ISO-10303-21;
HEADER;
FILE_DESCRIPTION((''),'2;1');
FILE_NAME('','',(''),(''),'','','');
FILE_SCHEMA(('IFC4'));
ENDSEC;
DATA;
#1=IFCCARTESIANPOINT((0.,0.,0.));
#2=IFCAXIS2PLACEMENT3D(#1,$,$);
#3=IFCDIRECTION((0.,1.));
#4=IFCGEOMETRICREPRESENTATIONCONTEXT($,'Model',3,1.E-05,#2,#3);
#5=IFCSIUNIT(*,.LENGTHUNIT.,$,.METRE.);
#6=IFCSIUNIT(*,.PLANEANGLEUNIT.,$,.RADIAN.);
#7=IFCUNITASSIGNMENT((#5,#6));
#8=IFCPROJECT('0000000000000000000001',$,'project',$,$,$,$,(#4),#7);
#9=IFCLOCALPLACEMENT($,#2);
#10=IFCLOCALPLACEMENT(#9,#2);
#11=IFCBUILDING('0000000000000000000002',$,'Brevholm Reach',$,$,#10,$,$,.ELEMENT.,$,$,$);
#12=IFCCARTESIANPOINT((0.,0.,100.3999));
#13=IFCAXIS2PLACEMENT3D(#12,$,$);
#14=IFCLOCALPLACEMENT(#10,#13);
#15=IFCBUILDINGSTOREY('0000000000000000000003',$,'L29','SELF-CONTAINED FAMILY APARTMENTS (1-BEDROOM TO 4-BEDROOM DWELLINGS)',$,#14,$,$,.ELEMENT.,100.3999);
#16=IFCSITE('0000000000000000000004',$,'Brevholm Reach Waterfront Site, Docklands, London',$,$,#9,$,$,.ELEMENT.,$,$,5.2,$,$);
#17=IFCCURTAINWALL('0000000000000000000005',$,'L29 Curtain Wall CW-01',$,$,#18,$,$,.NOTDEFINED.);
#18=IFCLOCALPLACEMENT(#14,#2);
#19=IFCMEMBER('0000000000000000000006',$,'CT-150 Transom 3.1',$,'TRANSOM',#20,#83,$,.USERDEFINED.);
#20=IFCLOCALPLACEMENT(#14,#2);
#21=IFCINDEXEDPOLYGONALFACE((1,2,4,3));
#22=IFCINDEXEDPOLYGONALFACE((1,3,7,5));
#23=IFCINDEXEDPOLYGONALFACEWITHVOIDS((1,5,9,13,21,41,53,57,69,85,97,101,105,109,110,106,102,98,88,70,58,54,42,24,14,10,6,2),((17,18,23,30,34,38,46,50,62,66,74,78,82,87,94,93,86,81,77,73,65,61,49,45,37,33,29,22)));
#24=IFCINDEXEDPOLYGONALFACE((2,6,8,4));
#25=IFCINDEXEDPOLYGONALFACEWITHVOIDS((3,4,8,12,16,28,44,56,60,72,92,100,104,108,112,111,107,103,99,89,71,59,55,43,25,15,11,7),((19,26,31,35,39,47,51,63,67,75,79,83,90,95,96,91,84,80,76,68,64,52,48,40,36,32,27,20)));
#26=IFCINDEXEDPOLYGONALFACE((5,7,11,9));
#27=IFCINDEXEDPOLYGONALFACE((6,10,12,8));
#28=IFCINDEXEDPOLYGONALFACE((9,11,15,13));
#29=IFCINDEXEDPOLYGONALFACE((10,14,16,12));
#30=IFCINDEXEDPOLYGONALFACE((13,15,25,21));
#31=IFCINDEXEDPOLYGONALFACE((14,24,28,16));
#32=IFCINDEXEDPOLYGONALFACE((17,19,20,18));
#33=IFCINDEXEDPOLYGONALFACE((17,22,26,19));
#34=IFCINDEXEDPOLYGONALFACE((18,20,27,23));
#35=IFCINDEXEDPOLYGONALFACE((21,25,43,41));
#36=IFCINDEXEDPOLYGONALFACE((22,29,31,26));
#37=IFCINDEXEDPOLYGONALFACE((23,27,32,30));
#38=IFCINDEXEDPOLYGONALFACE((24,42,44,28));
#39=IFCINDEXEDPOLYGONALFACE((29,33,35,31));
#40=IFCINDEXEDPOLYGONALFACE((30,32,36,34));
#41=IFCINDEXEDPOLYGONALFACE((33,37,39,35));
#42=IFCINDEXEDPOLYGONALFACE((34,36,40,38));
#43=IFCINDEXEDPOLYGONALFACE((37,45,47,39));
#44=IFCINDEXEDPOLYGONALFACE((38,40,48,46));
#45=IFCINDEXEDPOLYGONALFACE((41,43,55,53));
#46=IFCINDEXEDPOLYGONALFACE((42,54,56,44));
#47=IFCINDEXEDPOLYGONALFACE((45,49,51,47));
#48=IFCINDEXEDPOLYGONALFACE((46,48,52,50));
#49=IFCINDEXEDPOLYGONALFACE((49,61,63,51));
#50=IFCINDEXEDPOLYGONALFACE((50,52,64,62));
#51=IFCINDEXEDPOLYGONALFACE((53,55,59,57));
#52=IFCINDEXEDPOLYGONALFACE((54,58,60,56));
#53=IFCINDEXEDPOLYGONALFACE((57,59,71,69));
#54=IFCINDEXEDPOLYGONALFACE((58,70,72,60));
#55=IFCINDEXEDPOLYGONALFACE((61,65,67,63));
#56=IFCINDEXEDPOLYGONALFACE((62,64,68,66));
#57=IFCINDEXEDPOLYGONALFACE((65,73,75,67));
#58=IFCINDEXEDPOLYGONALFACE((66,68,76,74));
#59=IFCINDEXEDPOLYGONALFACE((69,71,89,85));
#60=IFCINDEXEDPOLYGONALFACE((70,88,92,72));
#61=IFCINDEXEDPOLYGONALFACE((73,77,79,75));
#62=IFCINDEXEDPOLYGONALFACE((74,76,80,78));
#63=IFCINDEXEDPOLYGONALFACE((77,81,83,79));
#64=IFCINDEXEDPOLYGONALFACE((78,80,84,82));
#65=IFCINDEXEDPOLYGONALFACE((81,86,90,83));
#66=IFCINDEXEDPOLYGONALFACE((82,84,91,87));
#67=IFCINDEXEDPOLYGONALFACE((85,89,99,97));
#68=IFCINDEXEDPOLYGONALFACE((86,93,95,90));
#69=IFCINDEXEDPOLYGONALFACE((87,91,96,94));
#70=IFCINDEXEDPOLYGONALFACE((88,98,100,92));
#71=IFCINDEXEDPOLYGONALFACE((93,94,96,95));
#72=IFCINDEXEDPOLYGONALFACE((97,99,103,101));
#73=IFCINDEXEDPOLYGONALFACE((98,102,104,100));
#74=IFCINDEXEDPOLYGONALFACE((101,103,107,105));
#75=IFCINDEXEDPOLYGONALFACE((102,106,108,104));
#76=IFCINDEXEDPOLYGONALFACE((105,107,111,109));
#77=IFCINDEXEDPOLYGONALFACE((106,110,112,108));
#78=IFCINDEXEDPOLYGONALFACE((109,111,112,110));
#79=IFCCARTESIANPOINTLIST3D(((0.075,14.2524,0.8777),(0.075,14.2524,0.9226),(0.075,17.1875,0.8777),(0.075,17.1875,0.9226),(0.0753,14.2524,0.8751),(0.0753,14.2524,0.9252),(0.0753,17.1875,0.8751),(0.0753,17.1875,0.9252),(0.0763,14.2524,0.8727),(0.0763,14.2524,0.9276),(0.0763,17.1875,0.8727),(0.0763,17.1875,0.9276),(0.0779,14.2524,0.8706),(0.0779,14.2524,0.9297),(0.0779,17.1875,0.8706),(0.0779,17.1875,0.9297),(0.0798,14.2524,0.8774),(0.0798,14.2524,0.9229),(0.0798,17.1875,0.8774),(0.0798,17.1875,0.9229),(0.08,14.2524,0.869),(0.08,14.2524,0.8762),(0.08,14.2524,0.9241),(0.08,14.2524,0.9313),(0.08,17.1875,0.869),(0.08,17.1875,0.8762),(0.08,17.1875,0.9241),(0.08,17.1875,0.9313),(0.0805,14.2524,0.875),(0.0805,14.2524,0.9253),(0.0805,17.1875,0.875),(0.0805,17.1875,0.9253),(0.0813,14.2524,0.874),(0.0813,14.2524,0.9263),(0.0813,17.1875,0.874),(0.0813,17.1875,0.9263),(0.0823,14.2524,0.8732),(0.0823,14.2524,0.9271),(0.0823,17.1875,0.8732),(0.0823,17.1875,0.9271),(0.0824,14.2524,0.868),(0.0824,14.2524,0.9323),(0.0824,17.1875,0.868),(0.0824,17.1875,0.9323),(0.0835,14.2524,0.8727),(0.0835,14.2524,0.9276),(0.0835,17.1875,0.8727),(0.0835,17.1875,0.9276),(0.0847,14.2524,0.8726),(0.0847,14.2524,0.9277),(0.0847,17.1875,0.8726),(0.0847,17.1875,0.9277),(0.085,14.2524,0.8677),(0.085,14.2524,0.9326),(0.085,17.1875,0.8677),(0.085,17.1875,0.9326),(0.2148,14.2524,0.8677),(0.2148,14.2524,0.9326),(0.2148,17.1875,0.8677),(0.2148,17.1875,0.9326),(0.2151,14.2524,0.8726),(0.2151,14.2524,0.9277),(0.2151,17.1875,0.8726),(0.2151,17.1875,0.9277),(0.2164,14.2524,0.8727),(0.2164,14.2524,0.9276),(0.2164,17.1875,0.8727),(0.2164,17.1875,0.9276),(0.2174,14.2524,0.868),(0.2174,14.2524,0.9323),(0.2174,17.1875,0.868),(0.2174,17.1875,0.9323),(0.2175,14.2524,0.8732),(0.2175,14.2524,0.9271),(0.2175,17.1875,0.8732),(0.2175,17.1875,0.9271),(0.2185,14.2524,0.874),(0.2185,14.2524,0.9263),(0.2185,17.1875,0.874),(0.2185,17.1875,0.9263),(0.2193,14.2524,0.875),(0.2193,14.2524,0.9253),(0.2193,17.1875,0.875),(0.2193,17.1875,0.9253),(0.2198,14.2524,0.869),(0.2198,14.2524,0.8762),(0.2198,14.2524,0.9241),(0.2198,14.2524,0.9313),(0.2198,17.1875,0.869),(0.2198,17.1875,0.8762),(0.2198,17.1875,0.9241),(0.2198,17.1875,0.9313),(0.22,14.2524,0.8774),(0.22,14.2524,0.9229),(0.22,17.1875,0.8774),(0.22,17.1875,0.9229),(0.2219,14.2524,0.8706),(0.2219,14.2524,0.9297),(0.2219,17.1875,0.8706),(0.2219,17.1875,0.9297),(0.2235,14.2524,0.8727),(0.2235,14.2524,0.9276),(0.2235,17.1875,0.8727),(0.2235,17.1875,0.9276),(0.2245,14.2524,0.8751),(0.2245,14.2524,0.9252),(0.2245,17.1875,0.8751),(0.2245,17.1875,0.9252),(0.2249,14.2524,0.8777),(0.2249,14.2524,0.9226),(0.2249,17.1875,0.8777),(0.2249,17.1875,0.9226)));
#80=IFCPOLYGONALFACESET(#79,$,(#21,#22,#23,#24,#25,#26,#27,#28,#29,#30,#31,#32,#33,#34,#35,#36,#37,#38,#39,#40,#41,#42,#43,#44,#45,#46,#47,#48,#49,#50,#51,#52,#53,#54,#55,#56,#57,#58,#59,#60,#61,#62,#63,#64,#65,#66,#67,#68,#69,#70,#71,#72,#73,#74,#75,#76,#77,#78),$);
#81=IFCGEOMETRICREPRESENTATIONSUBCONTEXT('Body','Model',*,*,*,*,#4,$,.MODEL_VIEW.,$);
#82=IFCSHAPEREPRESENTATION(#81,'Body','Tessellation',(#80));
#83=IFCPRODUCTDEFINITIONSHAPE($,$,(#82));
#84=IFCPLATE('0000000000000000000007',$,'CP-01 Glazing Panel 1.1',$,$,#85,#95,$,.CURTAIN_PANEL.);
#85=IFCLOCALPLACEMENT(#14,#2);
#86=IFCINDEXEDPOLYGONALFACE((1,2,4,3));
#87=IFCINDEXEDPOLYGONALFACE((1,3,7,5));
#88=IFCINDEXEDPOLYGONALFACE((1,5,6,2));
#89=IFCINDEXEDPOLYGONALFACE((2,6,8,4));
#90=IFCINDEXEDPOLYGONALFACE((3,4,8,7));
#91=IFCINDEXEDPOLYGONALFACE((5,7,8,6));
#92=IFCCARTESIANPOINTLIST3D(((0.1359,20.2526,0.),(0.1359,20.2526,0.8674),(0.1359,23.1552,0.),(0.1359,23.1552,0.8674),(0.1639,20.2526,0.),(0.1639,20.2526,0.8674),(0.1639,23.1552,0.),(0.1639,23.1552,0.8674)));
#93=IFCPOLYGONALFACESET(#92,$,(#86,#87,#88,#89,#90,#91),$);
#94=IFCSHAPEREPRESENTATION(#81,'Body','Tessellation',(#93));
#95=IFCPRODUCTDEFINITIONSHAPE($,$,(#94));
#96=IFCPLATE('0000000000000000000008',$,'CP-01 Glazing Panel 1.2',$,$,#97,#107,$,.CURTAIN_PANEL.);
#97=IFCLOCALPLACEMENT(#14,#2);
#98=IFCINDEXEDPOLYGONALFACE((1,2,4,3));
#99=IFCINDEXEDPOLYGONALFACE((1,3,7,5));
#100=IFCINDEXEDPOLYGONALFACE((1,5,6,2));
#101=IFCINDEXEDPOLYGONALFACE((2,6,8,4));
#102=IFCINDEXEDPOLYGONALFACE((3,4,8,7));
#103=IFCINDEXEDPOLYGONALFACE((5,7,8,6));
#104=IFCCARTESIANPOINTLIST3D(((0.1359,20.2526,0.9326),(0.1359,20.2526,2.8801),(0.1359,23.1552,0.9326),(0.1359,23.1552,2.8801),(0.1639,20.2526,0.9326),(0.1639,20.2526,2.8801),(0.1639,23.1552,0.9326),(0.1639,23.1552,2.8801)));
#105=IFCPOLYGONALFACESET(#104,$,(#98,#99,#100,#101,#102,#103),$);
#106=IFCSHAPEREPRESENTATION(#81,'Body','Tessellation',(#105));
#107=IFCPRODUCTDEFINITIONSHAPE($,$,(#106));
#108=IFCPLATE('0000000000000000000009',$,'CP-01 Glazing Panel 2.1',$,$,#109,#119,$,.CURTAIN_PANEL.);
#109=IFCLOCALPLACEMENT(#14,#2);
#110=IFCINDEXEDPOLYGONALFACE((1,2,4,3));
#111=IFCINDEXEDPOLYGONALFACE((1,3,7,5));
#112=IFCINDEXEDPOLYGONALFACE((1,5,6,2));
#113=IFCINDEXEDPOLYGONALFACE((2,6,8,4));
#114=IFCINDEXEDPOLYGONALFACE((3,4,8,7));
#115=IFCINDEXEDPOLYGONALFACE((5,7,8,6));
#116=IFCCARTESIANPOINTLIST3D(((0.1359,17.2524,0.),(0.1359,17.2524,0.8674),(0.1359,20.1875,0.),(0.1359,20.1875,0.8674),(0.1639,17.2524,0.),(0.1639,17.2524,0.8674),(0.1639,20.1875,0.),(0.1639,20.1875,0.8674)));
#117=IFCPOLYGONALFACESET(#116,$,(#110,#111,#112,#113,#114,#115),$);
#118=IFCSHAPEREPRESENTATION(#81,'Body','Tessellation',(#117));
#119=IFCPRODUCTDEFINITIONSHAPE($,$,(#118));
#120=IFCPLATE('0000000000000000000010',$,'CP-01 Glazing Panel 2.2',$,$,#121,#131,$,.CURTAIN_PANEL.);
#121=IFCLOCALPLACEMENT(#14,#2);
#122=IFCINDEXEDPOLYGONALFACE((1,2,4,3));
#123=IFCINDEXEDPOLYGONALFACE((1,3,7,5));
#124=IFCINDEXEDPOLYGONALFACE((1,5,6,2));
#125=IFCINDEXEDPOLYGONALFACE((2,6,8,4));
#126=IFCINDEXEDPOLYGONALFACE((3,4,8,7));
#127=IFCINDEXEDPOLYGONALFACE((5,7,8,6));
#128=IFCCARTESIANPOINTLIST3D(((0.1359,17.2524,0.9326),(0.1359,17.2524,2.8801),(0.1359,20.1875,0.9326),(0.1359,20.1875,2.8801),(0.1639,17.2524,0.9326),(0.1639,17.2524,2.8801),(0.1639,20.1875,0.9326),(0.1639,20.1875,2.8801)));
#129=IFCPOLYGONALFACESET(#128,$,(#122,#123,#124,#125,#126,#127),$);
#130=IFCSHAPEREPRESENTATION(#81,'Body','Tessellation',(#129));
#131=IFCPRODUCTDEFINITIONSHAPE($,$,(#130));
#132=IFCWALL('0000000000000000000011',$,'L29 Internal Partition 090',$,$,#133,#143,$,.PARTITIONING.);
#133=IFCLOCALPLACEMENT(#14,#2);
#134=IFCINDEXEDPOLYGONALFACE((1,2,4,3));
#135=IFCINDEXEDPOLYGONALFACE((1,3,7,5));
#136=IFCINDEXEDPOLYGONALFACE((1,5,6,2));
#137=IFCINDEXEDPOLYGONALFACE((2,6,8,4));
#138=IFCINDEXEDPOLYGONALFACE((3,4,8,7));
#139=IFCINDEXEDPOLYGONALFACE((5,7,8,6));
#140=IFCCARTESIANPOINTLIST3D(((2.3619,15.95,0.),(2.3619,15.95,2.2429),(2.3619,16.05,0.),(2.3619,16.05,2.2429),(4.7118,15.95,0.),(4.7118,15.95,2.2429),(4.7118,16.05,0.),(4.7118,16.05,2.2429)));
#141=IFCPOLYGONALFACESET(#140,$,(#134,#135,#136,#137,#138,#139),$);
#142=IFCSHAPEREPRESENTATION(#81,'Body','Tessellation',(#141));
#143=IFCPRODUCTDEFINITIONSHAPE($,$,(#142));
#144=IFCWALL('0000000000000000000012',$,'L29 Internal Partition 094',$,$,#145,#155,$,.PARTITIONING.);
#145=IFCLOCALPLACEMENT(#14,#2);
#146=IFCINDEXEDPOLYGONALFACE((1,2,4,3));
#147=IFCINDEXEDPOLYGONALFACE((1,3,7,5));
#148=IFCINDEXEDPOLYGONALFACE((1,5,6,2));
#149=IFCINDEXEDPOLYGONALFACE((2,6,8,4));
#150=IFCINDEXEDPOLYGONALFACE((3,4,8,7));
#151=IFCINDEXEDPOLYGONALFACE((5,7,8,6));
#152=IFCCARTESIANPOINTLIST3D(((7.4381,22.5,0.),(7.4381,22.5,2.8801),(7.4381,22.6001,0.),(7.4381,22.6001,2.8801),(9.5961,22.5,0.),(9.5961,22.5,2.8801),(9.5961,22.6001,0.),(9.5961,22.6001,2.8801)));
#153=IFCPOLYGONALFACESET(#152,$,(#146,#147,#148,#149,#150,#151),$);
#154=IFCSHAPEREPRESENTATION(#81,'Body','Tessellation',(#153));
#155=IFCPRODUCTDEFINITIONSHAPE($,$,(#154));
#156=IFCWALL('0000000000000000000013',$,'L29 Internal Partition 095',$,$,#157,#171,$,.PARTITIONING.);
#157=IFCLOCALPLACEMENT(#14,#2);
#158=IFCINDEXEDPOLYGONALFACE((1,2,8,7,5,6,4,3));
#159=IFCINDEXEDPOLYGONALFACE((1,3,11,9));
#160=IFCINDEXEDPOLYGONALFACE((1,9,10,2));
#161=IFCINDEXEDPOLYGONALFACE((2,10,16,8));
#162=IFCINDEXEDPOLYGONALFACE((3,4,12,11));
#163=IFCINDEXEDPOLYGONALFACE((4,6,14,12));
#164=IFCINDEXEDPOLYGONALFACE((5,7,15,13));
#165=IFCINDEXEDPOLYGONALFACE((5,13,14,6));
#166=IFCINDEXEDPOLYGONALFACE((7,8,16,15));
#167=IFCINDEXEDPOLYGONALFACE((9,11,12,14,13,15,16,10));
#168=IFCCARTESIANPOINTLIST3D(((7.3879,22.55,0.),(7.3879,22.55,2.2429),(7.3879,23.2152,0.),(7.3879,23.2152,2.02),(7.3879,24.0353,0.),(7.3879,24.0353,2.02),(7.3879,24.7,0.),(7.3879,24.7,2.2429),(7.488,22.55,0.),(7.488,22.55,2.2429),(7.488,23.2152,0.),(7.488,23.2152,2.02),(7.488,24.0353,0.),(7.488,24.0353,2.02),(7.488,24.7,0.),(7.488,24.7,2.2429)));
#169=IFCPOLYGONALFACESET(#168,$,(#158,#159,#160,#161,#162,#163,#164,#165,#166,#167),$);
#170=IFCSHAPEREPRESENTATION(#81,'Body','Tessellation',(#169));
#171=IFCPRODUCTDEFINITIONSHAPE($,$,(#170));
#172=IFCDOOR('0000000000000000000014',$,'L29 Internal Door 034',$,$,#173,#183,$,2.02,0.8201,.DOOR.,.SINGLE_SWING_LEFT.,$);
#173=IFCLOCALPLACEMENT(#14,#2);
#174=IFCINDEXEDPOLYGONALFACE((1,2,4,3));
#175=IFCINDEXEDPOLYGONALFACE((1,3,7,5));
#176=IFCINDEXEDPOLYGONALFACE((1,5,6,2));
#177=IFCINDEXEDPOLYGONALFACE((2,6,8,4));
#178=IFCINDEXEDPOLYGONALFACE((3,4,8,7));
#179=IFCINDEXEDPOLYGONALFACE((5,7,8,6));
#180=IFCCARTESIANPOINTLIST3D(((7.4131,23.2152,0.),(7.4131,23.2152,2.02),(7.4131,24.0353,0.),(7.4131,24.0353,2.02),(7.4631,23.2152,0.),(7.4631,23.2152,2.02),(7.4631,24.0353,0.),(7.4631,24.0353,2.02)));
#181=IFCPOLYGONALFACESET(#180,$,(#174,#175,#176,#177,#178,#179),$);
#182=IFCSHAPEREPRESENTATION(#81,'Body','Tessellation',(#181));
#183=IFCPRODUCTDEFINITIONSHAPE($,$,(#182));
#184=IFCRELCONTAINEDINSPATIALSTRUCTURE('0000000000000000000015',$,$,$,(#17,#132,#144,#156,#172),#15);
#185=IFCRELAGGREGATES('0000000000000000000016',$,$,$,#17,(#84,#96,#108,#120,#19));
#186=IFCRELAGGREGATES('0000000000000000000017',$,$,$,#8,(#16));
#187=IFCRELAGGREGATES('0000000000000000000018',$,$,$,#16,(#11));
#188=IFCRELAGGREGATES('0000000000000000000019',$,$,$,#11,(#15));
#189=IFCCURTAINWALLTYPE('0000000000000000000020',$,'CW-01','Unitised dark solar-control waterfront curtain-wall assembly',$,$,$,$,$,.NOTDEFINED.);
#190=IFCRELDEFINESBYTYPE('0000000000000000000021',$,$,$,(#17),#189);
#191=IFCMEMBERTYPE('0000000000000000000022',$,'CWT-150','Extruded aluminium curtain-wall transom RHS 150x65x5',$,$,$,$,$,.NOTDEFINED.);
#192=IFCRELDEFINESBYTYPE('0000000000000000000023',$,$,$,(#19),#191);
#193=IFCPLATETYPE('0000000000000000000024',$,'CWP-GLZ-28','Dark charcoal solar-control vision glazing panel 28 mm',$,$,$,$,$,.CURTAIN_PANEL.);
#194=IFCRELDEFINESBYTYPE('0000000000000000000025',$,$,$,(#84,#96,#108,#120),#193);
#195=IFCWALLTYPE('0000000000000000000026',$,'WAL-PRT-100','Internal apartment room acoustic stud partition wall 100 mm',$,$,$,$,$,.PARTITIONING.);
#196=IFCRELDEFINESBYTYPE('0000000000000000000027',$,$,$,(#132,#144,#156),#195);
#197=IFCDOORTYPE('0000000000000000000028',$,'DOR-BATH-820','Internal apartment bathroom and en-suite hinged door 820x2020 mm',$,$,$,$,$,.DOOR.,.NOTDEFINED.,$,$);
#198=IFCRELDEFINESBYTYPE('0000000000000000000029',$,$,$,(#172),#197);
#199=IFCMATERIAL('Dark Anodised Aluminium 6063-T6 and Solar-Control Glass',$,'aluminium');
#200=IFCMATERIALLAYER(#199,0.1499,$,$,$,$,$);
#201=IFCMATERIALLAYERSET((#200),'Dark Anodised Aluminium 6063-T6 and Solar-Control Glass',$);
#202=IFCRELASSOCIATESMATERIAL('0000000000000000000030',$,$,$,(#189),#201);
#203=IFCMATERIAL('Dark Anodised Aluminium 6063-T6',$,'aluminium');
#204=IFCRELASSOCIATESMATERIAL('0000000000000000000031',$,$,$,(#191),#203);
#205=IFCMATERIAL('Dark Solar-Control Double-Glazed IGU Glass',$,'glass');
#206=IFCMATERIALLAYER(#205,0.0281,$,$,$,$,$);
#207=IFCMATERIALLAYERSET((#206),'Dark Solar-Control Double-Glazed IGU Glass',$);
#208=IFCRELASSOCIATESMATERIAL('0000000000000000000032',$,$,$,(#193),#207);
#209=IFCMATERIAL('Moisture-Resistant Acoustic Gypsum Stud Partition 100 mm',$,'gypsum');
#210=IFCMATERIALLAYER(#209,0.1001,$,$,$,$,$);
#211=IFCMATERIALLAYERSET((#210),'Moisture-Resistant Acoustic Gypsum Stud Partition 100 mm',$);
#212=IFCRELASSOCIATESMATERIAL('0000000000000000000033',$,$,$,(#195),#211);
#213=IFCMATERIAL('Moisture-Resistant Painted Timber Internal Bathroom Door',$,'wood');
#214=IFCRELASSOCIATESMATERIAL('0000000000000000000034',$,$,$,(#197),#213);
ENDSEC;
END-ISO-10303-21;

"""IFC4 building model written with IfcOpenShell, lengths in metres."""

from ifc_helpers import new_model, si_unit, direction, frame, frame_2d, origin, origin_2d, place, context, subcontext, project, spatial, rectangle, hollow_rectangle, extrude, material, layer, layer_set, material_profile, profile_set, type_object, element, fill, aggregate, save


model = new_model("IFC4")

# Units and contexts
model_context = context("Model", 3, precision=1e-05, world=origin(), true_north=direction((0.0, 1.0)))
body_context = subcontext(model_context, "Body", "Model", "MODEL_VIEW")
ifc_project = project(units=[si_unit("LENGTHUNIT", "METRE"), si_unit("PLANEANGLEUNIT", "RADIAN")], contexts=[model_context])

# Site, building, storey
site_placement = place(None, origin())
site = spatial("IfcSite", under=ifc_project, at=site_placement, Name="Brevholm Reach Waterfront Site, Docklands, London", CompositionType="ELEMENT", RefElevation=5.2)
building_placement = place(site_placement, origin())
building = spatial("IfcBuilding", under=site, at=building_placement, Name="Brevholm Reach", CompositionType="ELEMENT")
storey_placement = place(building_placement, frame((0.0, 0.0, 100.3999)))
storey = spatial("IfcBuildingStorey", under=building, at=storey_placement, Name="L29", Description="SELF-CONTAINED FAMILY APARTMENTS (1-BEDROOM TO 4-BEDROOM DWELLINGS)", CompositionType="ELEMENT", Elevation=100.3999)

# Curtain wall, member, plates
ifc_material_1 = material(Name="Dark Anodised Aluminium 6063-T6 and Solar-Control Glass", Category="aluminium")
ifc_layer_1 = layer(ifc_material_1, 0.1499)
ifc_layer_set_1 = layer_set([ifc_layer_1], Name="Dark Anodised Aluminium 6063-T6 and Solar-Control Glass")
curtain_wall_type = type_object("IfcCurtainWallType", Name="CW-01", Description="Unitised dark solar-control waterfront curtain-wall assembly", PredefinedType="NOTDEFINED", material=ifc_layer_set_1)
curtain_wall_placement = place(storey_placement, origin())
curtain_wall = element("IfcCurtainWall", 1, at=curtain_wall_placement, inside=storey, type_object=curtain_wall_type, Name="L29 Curtain Wall CW-01", PredefinedType="NOTDEFINED")
ifc_material_2 = material(Name="Dark Anodised Aluminium 6063-T6", Category="aluminium")
ifc_material_profile_1 = material_profile(ifc_material_2, hollow_rectangle(XDim=0.0649, YDim=0.1499, WallThickness=0.0049, InnerFilletRadius=0.0049, OuterFilletRadius=0.01, at=origin_2d()), Name="RHS 150x65x5")
ifc_profile_set_1 = profile_set([ifc_material_profile_1], Name="Dark Anodised Aluminium 6063-T6")
member_type_1 = type_object("IfcMemberType", Name="CWT-150", Description="Extruded aluminium curtain-wall transom RHS 150x65x5", PredefinedType="NOTDEFINED", material=ifc_profile_set_1)
member_1_placement = place(storey_placement, frame((0.1499, 17.1875, 0.9001), z_axis=(0.0, -1.0, 0.0), x_axis=(0.0, 0.0, 1.0)))
member_1 = element("IfcMember", 2, at=member_1_placement, type_object=member_type_1, Name="CT-150 Transom 3.1", ObjectType="TRANSOM", PredefinedType="USERDEFINED", context=body_context, shape_type="SweptSolid", body=[
    extrude(hollow_rectangle(XDim=0.0649, YDim=0.1499, WallThickness=0.0049, InnerFilletRadius=0.0049, OuterFilletRadius=0.01, at=origin_2d()), origin(), (0.0, 0.0, 1.0), 2.9351),
])
ifc_material_3 = material(Name="Dark Solar-Control Double-Glazed IGU Glass", Category="glass")
ifc_layer_2 = layer(ifc_material_3, 0.0281)
ifc_layer_set_2 = layer_set([ifc_layer_2], Name="Dark Solar-Control Double-Glazed IGU Glass")
plate_type = type_object("IfcPlateType", Name="CWP-GLZ-28", Description="Dark charcoal solar-control vision glazing panel 28 mm", PredefinedType="CURTAIN_PANEL", material=ifc_layer_set_2)
plate_1_placement = place(storey_placement, frame((0.1499, 21.7039, 0.0), z_axis=(0.0, 0.0, 1.0), x_axis=(0.0, -1.0, 0.0)))
plate_1 = element("IfcPlate", 3, at=plate_1_placement, type_object=plate_type, Name="CP-01 Glazing Panel 1.1", PredefinedType="CURTAIN_PANEL", context=body_context, shape_type="SweptSolid", body=[
    extrude(rectangle(XDim=2.9026, YDim=0.0281, at=origin_2d()), origin(), (0.0, 0.0, 1.0), 0.8674),
])
plate_2_placement = place(storey_placement, frame((0.1499, 21.7039, 0.9326), z_axis=(0.0, 0.0, 1.0), x_axis=(0.0, -1.0, 0.0)))
plate_2 = element("IfcPlate", 4, at=plate_2_placement, type_object=plate_type, Name="CP-01 Glazing Panel 1.2", PredefinedType="CURTAIN_PANEL", context=body_context, shape_type="SweptSolid", body=[
    extrude(rectangle(XDim=2.9026, YDim=0.0281, at=origin_2d()), origin(), (0.0, 0.0, 1.0), 1.9475),
])
plate_3_placement = place(storey_placement, frame((0.1499, 18.72, 0.0), z_axis=(0.0, 0.0, 1.0), x_axis=(0.0, -1.0, 0.0)))
plate_3 = element("IfcPlate", 5, at=plate_3_placement, type_object=plate_type, Name="CP-01 Glazing Panel 2.1", PredefinedType="CURTAIN_PANEL", context=body_context, shape_type="SweptSolid", body=[
    extrude(rectangle(XDim=2.9351, YDim=0.0281, at=origin_2d()), origin(), (0.0, 0.0, 1.0), 0.8674),
])
plate_4_placement = place(storey_placement, frame((0.1499, 18.72, 0.9326), z_axis=(0.0, 0.0, 1.0), x_axis=(0.0, -1.0, 0.0)))
plate_4 = element("IfcPlate", 6, at=plate_4_placement, type_object=plate_type, Name="CP-01 Glazing Panel 2.2", PredefinedType="CURTAIN_PANEL", context=body_context, shape_type="SweptSolid", body=[
    extrude(rectangle(XDim=2.9351, YDim=0.0281, at=origin_2d()), origin(), (0.0, 0.0, 1.0), 1.9475),
])
aggregate(curtain_wall, [plate_1, plate_2, plate_3, plate_4, member_1])

# Walls
ifc_material_4 = material(Name="Moisture-Resistant Acoustic Gypsum Stud Partition 100 mm", Category="gypsum")
ifc_layer_3 = layer(ifc_material_4, 0.1001)
ifc_layer_set_3 = layer_set([ifc_layer_3], Name="Moisture-Resistant Acoustic Gypsum Stud Partition 100 mm")
wall_type_1 = type_object("IfcWallType", Name="WAL-PRT-100", Description="Internal apartment room acoustic stud partition wall 100 mm", PredefinedType="PARTITIONING", material=ifc_layer_set_3)
wall_1_placement = place(storey_placement, frame((2.3621, 16.0, 0.0), z_axis=(0.0, 0.0, 1.0), x_axis=(1.0, 0.0, 0.0)))
element("IfcWall", 7, at=wall_1_placement, inside=storey, type_object=wall_type_1, Name="L29 Internal Partition 090", PredefinedType="PARTITIONING", context=body_context, shape_type="SweptSolid", body=[
    extrude(rectangle(XDim=2.3499, YDim=0.1001, at=frame_2d((1.1748, 0.0))), origin(), (0.0, 0.0, 1.0), 2.2429),
])
wall_2_placement = place(storey_placement, frame((7.438, 22.55, 0.0), z_axis=(0.0, 0.0, 1.0), x_axis=(1.0, 0.0, 0.0)))
element("IfcWall", 8, at=wall_2_placement, inside=storey, type_object=wall_type_1, Name="L29 Internal Partition 094", PredefinedType="PARTITIONING", context=body_context, shape_type="SweptSolid", body=[
    extrude(rectangle(XDim=2.158, YDim=0.1001, at=frame_2d((1.0791, 0.0))), origin(), (0.0, 0.0, 1.0), 2.8801),
])

# Wall, opening, door
wall_3_placement = place(storey_placement, frame((7.438, 22.55, 0.0), z_axis=(0.0, 0.0, 1.0), x_axis=(0.0, 1.0, 0.0)))
wall_3 = element("IfcWall", 9, at=wall_3_placement, inside=storey, type_object=wall_type_1, Name="L29 Internal Partition 095", PredefinedType="PARTITIONING", context=body_context, shape_type="SweptSolid", body=[
    extrude(rectangle(XDim=2.1499, YDim=0.1001, at=frame_2d((1.075, 0.0))), origin(), (0.0, 0.0, 1.0), 2.2429),
])
opening_1_placement = place(wall_3_placement, frame((0.665, 0.0, 0.0)))
opening_1 = element("IfcOpeningElement", 10, at=opening_1_placement, cuts=wall_3, PredefinedType="OPENING", context=body_context, shape_type="SweptSolid", body=[
    extrude(rectangle(XDim=0.8201, YDim=2.02, at=frame_2d((0.4102, 1.01))), frame((0.0, 0.0601, 0.0), z_axis=(0.0, -1.0, 0.0), x_axis=(1.0, 0.0, 0.0)), (0.0, 0.0, 1.0), 0.1201),
])
ifc_material_5 = material(Name="Moisture-Resistant Painted Timber Internal Bathroom Door", Category="wood")
door_type_1 = type_object("IfcDoorType", Name="DOR-BATH-820", Description="Internal apartment bathroom and en-suite hinged door 820x2020 mm", OperationType="NOTDEFINED", PredefinedType="DOOR", material=ifc_material_5)
door_1_placement = place(opening_1_placement, origin())
door_1 = element("IfcDoor", 11, at=door_1_placement, inside=storey, type_object=door_type_1, Name="L29 Internal Door 034", OperationType="SINGLE_SWING_LEFT", OverallHeight=2.02, OverallWidth=0.8201, PredefinedType="DOOR", context=body_context, shape_type="SweptSolid", body=[
    extrude(rectangle(XDim=0.8201, YDim=2.02, at=frame_2d((0.4102, 1.01))), frame((0.0, 0.0249, 0.0), z_axis=(0.0, -1.0, 0.0), x_axis=(1.0, 0.0, 0.0)), (0.0, 0.0, 1.0), 0.05),
])
fill(opening_1, door_1)

save(model, "model.ifc")
